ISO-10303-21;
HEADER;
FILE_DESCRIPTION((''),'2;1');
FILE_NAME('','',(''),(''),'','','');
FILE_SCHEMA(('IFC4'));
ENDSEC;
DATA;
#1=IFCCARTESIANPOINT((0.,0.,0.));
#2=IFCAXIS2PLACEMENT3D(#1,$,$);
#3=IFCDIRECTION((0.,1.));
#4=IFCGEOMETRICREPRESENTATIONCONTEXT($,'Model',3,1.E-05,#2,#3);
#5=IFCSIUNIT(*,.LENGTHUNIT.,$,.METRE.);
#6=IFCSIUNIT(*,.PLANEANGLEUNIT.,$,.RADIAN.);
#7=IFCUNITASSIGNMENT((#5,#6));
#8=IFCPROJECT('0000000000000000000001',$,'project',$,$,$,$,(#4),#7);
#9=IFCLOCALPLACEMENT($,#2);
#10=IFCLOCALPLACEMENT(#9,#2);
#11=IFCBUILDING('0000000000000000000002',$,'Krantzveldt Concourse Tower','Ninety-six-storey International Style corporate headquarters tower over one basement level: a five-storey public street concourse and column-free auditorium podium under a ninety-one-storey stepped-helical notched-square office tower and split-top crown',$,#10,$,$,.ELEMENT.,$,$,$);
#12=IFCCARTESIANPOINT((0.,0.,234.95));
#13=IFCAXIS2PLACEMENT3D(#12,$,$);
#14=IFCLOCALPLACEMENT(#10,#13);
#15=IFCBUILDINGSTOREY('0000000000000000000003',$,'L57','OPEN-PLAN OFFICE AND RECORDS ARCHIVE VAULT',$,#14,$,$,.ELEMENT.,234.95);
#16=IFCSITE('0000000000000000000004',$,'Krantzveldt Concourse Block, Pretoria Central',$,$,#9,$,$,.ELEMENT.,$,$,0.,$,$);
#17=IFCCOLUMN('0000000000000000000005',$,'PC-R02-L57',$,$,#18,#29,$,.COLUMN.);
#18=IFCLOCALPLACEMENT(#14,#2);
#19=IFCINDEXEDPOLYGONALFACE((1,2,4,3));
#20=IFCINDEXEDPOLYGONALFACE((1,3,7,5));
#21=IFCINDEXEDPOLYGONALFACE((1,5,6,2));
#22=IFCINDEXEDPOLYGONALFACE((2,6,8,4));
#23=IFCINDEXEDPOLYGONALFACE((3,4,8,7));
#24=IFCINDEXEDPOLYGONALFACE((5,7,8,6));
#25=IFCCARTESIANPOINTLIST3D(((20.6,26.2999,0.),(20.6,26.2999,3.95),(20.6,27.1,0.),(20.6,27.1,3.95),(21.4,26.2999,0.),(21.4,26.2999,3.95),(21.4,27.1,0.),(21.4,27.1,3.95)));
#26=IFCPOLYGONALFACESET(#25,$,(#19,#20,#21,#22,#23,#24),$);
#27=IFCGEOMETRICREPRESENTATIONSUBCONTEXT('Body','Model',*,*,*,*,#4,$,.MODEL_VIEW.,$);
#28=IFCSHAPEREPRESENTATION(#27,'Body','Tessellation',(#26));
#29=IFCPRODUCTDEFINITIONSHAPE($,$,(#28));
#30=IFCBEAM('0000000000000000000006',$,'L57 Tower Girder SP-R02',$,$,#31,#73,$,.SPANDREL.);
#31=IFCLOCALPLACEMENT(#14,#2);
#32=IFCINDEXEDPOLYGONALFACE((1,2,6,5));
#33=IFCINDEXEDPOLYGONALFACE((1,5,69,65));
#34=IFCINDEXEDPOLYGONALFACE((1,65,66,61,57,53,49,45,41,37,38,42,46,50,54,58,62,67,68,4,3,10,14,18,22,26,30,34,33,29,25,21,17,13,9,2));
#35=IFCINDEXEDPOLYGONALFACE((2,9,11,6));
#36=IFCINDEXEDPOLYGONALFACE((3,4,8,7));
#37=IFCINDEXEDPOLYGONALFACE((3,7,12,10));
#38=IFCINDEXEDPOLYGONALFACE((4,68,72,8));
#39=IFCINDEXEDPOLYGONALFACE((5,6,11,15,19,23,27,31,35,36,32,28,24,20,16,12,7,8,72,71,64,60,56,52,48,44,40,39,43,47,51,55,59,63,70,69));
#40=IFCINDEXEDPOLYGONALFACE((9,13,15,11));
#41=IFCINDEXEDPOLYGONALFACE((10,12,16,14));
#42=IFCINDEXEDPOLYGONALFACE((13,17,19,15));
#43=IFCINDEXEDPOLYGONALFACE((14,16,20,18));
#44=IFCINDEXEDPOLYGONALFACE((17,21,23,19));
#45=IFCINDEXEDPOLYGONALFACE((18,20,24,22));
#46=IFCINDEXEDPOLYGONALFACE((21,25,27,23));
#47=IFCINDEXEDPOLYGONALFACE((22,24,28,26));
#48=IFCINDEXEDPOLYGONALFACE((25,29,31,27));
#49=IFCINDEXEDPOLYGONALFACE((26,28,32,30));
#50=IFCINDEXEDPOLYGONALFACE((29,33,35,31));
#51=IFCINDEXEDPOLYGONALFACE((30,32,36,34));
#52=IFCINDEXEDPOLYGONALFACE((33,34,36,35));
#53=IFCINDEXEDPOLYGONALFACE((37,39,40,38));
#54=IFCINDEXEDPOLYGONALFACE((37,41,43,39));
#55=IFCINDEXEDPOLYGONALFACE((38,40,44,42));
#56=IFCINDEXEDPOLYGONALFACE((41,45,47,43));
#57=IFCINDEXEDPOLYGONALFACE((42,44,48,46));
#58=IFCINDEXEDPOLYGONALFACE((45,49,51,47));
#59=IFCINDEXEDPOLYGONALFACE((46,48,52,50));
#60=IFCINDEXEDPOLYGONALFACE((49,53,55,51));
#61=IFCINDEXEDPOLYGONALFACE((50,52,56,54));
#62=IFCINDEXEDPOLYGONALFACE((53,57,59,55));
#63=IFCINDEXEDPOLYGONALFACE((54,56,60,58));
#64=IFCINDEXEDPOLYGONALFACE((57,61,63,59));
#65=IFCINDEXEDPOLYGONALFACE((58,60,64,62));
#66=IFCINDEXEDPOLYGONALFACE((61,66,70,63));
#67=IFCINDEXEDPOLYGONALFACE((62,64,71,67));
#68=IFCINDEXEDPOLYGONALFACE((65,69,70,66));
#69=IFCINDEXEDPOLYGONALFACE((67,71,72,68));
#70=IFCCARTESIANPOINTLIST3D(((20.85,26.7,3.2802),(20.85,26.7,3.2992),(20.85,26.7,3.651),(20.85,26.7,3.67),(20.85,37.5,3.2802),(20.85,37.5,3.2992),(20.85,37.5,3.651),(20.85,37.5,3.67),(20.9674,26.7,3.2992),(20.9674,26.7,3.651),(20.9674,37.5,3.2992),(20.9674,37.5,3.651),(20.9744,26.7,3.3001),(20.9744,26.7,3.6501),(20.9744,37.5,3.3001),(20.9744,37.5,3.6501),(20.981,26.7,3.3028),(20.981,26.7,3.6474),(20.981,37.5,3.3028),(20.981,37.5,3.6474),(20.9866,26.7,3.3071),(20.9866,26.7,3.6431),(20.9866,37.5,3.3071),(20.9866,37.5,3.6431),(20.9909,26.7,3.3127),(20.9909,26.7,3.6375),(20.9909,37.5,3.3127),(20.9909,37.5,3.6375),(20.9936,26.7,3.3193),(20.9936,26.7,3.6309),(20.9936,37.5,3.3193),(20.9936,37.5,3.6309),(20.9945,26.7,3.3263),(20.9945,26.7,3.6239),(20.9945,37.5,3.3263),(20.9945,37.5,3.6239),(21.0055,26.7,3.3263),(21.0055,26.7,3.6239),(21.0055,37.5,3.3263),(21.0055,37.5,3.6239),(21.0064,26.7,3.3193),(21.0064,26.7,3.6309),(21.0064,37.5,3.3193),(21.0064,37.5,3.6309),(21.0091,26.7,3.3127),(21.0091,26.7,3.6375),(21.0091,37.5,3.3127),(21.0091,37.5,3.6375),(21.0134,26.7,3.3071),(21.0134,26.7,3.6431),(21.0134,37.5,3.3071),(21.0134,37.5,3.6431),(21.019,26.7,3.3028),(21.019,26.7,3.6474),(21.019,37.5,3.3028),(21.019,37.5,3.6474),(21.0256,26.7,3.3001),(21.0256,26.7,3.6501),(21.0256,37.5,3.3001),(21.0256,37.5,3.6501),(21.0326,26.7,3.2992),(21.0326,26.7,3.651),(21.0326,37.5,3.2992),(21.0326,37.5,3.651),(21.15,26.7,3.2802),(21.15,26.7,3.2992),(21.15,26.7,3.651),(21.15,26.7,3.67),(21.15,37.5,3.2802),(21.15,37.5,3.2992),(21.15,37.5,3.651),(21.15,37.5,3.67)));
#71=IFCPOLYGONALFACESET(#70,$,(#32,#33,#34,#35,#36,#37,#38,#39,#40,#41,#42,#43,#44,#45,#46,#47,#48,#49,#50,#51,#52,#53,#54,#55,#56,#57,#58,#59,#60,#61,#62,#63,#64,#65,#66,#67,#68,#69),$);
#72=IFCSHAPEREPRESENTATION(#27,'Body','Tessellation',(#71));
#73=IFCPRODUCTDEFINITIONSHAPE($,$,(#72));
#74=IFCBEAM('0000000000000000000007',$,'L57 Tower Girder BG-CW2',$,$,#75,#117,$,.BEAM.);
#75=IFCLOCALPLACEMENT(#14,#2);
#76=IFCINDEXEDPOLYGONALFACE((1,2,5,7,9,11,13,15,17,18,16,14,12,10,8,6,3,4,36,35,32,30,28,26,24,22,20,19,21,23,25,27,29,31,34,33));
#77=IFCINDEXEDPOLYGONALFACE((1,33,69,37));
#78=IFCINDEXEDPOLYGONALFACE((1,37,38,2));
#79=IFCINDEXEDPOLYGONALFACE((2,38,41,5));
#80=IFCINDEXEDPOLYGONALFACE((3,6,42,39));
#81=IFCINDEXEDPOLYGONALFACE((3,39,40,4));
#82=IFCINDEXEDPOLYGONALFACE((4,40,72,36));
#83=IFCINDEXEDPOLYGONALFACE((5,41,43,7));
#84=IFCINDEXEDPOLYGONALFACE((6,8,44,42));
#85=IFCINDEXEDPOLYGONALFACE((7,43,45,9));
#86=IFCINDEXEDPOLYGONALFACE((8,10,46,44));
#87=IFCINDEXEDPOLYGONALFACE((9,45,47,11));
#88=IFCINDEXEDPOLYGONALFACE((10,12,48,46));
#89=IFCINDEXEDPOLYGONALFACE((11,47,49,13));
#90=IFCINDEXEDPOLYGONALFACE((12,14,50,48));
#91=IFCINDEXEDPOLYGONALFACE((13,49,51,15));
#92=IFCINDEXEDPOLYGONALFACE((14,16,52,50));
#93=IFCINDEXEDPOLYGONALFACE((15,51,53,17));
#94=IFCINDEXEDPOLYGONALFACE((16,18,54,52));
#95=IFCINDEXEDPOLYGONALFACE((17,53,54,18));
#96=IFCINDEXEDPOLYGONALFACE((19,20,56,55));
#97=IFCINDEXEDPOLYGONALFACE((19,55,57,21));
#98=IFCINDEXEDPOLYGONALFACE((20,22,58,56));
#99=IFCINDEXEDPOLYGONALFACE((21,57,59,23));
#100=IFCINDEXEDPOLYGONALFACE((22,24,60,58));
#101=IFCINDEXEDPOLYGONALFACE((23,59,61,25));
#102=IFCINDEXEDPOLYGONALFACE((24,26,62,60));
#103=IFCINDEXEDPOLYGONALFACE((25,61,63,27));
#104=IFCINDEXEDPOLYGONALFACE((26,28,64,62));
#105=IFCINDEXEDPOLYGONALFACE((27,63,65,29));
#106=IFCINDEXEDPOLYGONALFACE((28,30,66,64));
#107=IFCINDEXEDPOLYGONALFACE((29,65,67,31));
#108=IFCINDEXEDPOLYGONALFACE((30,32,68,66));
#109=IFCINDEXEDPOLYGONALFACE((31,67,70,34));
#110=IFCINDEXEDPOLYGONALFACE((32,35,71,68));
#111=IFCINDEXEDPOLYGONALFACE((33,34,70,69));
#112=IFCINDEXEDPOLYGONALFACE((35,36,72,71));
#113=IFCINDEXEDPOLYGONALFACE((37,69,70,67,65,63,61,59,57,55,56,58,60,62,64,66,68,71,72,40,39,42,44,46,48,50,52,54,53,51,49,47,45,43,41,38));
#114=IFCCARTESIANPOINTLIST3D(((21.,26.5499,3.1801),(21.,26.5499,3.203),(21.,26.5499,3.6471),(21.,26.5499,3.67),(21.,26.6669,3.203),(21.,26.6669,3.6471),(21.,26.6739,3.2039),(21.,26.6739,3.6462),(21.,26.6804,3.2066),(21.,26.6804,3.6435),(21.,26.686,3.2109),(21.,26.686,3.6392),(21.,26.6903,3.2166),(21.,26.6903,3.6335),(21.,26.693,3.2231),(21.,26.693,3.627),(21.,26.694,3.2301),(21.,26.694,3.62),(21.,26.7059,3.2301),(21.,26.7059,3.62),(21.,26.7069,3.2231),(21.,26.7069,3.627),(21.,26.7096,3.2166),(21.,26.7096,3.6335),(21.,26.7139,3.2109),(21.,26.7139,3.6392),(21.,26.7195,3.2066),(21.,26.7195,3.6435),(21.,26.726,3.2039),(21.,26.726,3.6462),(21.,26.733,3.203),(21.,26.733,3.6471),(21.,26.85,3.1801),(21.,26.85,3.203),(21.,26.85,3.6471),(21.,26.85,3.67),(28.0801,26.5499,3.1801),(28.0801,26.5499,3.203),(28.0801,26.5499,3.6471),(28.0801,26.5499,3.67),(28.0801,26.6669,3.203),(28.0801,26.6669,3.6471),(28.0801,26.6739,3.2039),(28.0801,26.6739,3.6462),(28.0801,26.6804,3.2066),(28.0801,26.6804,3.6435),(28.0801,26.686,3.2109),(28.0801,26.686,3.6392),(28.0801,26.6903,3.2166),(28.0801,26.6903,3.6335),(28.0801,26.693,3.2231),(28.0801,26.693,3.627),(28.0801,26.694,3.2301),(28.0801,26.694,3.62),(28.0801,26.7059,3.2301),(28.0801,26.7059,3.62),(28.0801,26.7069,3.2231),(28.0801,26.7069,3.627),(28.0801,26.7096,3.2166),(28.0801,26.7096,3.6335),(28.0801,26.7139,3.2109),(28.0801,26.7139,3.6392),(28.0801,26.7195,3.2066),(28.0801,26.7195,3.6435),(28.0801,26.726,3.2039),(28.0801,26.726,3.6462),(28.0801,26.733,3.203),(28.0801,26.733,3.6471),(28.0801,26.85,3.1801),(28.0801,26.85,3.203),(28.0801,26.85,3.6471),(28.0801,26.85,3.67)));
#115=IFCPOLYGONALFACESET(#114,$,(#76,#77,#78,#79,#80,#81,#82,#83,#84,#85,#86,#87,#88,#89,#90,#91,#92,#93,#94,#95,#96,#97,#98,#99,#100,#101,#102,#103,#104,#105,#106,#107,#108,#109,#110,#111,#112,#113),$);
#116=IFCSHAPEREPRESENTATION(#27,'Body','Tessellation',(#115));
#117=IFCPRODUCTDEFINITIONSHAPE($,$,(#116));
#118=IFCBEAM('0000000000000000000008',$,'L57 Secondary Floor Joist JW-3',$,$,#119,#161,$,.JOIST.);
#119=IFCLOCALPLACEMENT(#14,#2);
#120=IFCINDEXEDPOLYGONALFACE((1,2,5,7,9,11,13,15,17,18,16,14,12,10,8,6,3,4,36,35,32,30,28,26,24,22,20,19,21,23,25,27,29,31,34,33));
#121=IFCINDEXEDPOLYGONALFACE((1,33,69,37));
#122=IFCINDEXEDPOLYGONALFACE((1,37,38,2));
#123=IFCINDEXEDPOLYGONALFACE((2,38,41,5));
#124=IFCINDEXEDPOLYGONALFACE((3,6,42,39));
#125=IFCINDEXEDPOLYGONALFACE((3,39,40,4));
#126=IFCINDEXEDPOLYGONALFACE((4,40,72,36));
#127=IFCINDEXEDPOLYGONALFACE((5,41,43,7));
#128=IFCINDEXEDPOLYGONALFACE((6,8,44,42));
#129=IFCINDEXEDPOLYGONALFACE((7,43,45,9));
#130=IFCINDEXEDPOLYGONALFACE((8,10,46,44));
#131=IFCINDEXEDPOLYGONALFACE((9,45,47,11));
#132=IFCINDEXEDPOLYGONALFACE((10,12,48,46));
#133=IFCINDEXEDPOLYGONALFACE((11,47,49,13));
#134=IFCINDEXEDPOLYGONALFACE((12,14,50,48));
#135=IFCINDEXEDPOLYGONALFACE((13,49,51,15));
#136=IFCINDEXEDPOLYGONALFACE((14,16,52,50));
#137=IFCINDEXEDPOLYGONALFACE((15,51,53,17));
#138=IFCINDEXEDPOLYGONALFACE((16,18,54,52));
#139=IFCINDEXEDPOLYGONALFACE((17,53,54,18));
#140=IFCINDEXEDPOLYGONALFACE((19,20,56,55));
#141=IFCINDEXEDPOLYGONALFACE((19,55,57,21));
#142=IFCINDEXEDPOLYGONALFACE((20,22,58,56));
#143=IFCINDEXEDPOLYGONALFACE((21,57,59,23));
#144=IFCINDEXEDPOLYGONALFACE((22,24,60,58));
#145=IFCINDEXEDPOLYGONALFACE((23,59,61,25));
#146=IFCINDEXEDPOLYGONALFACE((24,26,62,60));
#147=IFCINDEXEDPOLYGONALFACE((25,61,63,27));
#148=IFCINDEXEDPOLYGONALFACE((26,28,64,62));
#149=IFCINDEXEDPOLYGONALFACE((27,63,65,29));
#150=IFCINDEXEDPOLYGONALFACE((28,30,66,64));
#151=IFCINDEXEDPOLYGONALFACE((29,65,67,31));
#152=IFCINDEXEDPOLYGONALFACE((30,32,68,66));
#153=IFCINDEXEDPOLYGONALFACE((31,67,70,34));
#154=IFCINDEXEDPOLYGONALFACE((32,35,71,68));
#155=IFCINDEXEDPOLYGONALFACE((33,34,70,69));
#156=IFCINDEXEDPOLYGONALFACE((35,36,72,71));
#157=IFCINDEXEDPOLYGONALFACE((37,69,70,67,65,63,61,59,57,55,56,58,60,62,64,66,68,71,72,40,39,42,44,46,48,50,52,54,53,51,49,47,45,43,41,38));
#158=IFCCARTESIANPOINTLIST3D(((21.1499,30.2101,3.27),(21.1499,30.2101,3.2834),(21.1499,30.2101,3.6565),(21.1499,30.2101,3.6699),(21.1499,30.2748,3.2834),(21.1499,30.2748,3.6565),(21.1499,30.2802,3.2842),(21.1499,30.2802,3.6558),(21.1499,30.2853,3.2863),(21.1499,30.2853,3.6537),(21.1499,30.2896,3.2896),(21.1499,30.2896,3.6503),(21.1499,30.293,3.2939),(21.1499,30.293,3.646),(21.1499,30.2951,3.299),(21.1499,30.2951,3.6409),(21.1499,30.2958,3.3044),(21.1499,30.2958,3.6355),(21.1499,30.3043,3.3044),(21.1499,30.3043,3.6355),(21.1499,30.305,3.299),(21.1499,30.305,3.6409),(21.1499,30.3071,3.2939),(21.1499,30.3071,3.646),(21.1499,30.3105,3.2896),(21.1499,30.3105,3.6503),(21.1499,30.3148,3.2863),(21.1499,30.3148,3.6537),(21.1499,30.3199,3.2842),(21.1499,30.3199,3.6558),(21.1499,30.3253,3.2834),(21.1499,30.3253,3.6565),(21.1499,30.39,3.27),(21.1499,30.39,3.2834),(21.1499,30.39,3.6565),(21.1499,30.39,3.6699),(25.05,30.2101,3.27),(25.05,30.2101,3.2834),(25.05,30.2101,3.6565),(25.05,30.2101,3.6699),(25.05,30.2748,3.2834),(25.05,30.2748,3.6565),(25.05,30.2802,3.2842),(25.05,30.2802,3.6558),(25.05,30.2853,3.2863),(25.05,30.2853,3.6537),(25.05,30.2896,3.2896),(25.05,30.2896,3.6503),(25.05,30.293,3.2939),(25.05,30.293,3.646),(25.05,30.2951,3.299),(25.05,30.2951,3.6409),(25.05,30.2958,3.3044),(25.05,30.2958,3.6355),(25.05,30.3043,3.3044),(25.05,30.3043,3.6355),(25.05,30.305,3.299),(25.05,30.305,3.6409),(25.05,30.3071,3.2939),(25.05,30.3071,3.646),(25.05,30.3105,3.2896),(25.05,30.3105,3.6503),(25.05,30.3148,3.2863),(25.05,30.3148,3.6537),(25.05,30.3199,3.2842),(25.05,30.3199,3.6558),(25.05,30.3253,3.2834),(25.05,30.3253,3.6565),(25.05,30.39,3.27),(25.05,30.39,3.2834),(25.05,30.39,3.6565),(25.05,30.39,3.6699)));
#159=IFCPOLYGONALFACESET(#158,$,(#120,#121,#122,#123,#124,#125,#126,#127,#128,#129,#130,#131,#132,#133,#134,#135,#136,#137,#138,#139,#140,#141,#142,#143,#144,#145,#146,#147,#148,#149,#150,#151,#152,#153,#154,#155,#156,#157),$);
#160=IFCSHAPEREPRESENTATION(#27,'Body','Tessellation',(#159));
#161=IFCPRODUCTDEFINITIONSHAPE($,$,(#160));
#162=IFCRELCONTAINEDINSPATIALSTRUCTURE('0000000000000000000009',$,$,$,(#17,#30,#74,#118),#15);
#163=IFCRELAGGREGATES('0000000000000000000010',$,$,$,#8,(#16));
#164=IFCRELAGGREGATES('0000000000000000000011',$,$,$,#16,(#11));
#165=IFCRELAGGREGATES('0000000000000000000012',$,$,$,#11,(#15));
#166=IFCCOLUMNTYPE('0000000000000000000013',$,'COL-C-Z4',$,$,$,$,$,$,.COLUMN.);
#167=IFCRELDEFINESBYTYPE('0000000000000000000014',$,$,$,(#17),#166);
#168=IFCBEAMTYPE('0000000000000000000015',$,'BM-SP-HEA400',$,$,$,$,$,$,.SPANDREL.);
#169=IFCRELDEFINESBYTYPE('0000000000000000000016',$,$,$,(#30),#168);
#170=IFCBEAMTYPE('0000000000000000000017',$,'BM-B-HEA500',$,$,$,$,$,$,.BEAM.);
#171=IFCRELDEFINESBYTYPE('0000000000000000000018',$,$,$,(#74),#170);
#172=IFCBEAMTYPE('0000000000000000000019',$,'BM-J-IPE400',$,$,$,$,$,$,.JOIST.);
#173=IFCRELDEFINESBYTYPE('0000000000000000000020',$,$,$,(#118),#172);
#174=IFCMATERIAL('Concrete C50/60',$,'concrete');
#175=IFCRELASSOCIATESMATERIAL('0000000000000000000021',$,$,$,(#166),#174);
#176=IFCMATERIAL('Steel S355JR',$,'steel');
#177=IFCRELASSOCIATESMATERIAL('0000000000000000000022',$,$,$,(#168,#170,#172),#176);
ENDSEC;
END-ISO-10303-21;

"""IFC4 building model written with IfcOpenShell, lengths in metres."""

from ifc_helpers import new_model, si_unit, direction, frame, origin, origin_2d, place, context, subcontext, project, spatial, rectangle, i_section, extrude, source, transform, mapped, material, material_profile, profile_set, type_object, type_shapes, element, save


model = new_model("IFC4")

# Units and contexts
model_context = context("Model", 3, precision=1e-05, world=origin(), true_north=direction((0.0, 1.0)))
body_context = subcontext(model_context, "Body", "Model", "MODEL_VIEW")
ifc_project = project(units=[si_unit("LENGTHUNIT", "METRE"), si_unit("PLANEANGLEUNIT", "RADIAN")], contexts=[model_context])

# Site, building, storey
site_placement = place(None, origin())
site = spatial("IfcSite", under=ifc_project, at=site_placement, Name="Krantzveldt Concourse Block, Pretoria Central", CompositionType="ELEMENT", RefElevation=0.0)
building_placement = place(site_placement, origin())
building = spatial("IfcBuilding", under=site, at=building_placement, Name="Krantzveldt Concourse Tower", Description="Ninety-six-storey International Style corporate headquarters tower over one basement level: a five-storey public street concourse and column-free auditorium podium under a ninety-one-storey stepped-helical notched-square office tower and split-top crown", CompositionType="ELEMENT")
storey_placement = place(building_placement, frame((0.0, 0.0, 234.95)))
storey = spatial("IfcBuildingStorey", under=building, at=storey_placement, Name="L57", Description="OPEN-PLAN OFFICE AND RECORDS ARCHIVE VAULT", CompositionType="ELEMENT", Elevation=234.95)

# Column
ifc_material_1 = material(Name="Concrete C50/60", Category="concrete")
ifc_material_profile_1 = material_profile(ifc_material_1, rectangle(XDim=0.8, YDim=0.8, at=origin_2d()), Name="Concrete C50/60", Category="concrete")
ifc_profile_set_1 = profile_set([ifc_material_profile_1], Name="Concrete C50/60 - RC 800x800")
column_type = type_object("IfcColumnType", Name="COL-C-Z4", PredefinedType="COLUMN", material=ifc_profile_set_1)
shared_shape_1 = source(origin(), body_context, "Body", "SweptSolid", [
    extrude(rectangle(XDim=0.8, YDim=0.8, at=origin_2d()), origin(), (0.0, 0.0, 1.0), 3.95),
])
type_shapes(column_type, [shared_shape_1])
column_placement = place(storey_placement, frame((21.0, 26.7, 0.0), z_axis=(0.0, 0.0, 1.0), x_axis=(1.0, 0.0, 0.0)))
element("IfcColumn", 1, at=column_placement, inside=storey, type_object=column_type, Name="PC-R02-L57", PredefinedType="COLUMN", context=body_context, shape_type="MappedRepresentation", body=[
    mapped(shared_shape_1, transform((0.0, 0.0, 0.0), x_axis=(1.0, 0.0, 0.0), y_axis=(0.0, 1.0, 0.0), z_axis=(0.0, 0.0, 1.0), scale=1.0)),
])

# Beams
ifc_material_2 = material(Name="Steel S355JR", Category="steel")
ifc_material_profile_2 = material_profile(ifc_material_2, i_section(OverallWidth=0.3, OverallDepth=0.3899, WebThickness=0.011, FlangeThickness=0.019, FilletRadius=0.0271, at=origin_2d()), Name="Steel S355JR", Category="steel")
ifc_profile_set_2 = profile_set([ifc_material_profile_2], Name="Steel S355JR - HEA 400")
beam_type_1 = type_object("IfcBeamType", Name="BM-SP-HEA400", PredefinedType="SPANDREL", material=ifc_profile_set_2)
shared_shape_2 = source(origin(), body_context, "Body", "SweptSolid", [
    extrude(i_section(OverallWidth=0.3, OverallDepth=0.3899, WebThickness=0.011, FlangeThickness=0.019, FilletRadius=0.0271, at=origin_2d()), origin(), (0.0, 0.0, 1.0), 10.8),
])
type_shapes(beam_type_1, [shared_shape_2])
beam_1_placement = place(storey_placement, frame((21.0, 26.7, 3.4751), z_axis=(0.0, 1.0, 0.0), x_axis=(-1.0, 0.0, 0.0)))
element("IfcBeam", 2, at=beam_1_placement, inside=storey, type_object=beam_type_1, Name="L57 Tower Girder SP-R02", PredefinedType="SPANDREL", context=body_context, shape_type="MappedRepresentation", body=[
    mapped(shared_shape_2, transform((0.0, 0.0, 0.0), x_axis=(1.0, 0.0, 0.0), y_axis=(0.0, 1.0, 0.0), z_axis=(0.0, 0.0, 1.0), scale=1.0)),
])
ifc_material_profile_3 = material_profile(ifc_material_2, i_section(OverallWidth=0.3, OverallDepth=0.49, WebThickness=0.012, FlangeThickness=0.0229, FilletRadius=0.0271, at=origin_2d()), Name="Steel S355JR", Category="steel")
ifc_profile_set_3 = profile_set([ifc_material_profile_3], Name="Steel S355JR - HEA 500")
beam_type_2 = type_object("IfcBeamType", Name="BM-B-HEA500", PredefinedType="BEAM", material=ifc_profile_set_3)
shared_shape_3 = source(origin(), body_context, "Body", "SweptSolid", [
    extrude(i_section(OverallWidth=0.3, OverallDepth=0.49, WebThickness=0.012, FlangeThickness=0.0229, FilletRadius=0.0271, at=origin_2d()), origin(), (0.0, 0.0, 1.0), 7.0801),
])
type_shapes(beam_type_2, [shared_shape_3])
beam_2_placement = place(storey_placement, frame((21.0, 26.7, 3.425), z_axis=(1.0, 0.0, 0.0), x_axis=(0.0, 1.0, 0.0)))
element("IfcBeam", 3, at=beam_2_placement, inside=storey, type_object=beam_type_2, Name="L57 Tower Girder BG-CW2", PredefinedType="BEAM", context=body_context, shape_type="MappedRepresentation", body=[
    mapped(shared_shape_3, transform((0.0, 0.0, 0.0), x_axis=(1.0, 0.0, 0.0), y_axis=(0.0, 1.0, 0.0), z_axis=(0.0, 0.0, 1.0), scale=1.0)),
])
ifc_material_profile_4 = material_profile(ifc_material_2, i_section(OverallWidth=0.1799, OverallDepth=0.3999, WebThickness=0.0085, FlangeThickness=0.0134, FilletRadius=0.021, at=origin_2d()), Name="Steel S355JR", Category="steel")
ifc_profile_set_4 = profile_set([ifc_material_profile_4], Name="Steel S355JR - IPE 400")
beam_type_3 = type_object("IfcBeamType", Name="BM-J-IPE400", PredefinedType="JOIST", material=ifc_profile_set_4)
shared_shape_4 = source(origin(), body_context, "Body", "SweptSolid", [
    extrude(i_section(OverallWidth=0.1799, OverallDepth=0.3999, WebThickness=0.0085, FlangeThickness=0.0134, FilletRadius=0.021, at=origin_2d()), origin(), (0.0, 0.0, 1.0), 3.9001),
])
type_shapes(beam_type_3, [shared_shape_4])
for number, where, z_axis, x_axis, name in (
    (4, (21.1499, 30.3, 3.47), (1.0, 0.0, 0.0), (0.0, 1.0, 0.0), "L57 Secondary Floor Joist JW-3"),
):
    element("IfcBeam", number, at=place(storey_placement, frame(where, z_axis=z_axis, x_axis=x_axis)), inside=storey, type_object=beam_type_3, Name=name, PredefinedType="JOIST", context=body_context, shape_type="MappedRepresentation", body=[
        mapped(shared_shape_4, transform((0.0, 0.0, 0.0), x_axis=(1.0, 0.0, 0.0), y_axis=(0.0, 1.0, 0.0), z_axis=(0.0, 0.0, 1.0), scale=1.0)),
    ])

save(model, "model.ifc")
